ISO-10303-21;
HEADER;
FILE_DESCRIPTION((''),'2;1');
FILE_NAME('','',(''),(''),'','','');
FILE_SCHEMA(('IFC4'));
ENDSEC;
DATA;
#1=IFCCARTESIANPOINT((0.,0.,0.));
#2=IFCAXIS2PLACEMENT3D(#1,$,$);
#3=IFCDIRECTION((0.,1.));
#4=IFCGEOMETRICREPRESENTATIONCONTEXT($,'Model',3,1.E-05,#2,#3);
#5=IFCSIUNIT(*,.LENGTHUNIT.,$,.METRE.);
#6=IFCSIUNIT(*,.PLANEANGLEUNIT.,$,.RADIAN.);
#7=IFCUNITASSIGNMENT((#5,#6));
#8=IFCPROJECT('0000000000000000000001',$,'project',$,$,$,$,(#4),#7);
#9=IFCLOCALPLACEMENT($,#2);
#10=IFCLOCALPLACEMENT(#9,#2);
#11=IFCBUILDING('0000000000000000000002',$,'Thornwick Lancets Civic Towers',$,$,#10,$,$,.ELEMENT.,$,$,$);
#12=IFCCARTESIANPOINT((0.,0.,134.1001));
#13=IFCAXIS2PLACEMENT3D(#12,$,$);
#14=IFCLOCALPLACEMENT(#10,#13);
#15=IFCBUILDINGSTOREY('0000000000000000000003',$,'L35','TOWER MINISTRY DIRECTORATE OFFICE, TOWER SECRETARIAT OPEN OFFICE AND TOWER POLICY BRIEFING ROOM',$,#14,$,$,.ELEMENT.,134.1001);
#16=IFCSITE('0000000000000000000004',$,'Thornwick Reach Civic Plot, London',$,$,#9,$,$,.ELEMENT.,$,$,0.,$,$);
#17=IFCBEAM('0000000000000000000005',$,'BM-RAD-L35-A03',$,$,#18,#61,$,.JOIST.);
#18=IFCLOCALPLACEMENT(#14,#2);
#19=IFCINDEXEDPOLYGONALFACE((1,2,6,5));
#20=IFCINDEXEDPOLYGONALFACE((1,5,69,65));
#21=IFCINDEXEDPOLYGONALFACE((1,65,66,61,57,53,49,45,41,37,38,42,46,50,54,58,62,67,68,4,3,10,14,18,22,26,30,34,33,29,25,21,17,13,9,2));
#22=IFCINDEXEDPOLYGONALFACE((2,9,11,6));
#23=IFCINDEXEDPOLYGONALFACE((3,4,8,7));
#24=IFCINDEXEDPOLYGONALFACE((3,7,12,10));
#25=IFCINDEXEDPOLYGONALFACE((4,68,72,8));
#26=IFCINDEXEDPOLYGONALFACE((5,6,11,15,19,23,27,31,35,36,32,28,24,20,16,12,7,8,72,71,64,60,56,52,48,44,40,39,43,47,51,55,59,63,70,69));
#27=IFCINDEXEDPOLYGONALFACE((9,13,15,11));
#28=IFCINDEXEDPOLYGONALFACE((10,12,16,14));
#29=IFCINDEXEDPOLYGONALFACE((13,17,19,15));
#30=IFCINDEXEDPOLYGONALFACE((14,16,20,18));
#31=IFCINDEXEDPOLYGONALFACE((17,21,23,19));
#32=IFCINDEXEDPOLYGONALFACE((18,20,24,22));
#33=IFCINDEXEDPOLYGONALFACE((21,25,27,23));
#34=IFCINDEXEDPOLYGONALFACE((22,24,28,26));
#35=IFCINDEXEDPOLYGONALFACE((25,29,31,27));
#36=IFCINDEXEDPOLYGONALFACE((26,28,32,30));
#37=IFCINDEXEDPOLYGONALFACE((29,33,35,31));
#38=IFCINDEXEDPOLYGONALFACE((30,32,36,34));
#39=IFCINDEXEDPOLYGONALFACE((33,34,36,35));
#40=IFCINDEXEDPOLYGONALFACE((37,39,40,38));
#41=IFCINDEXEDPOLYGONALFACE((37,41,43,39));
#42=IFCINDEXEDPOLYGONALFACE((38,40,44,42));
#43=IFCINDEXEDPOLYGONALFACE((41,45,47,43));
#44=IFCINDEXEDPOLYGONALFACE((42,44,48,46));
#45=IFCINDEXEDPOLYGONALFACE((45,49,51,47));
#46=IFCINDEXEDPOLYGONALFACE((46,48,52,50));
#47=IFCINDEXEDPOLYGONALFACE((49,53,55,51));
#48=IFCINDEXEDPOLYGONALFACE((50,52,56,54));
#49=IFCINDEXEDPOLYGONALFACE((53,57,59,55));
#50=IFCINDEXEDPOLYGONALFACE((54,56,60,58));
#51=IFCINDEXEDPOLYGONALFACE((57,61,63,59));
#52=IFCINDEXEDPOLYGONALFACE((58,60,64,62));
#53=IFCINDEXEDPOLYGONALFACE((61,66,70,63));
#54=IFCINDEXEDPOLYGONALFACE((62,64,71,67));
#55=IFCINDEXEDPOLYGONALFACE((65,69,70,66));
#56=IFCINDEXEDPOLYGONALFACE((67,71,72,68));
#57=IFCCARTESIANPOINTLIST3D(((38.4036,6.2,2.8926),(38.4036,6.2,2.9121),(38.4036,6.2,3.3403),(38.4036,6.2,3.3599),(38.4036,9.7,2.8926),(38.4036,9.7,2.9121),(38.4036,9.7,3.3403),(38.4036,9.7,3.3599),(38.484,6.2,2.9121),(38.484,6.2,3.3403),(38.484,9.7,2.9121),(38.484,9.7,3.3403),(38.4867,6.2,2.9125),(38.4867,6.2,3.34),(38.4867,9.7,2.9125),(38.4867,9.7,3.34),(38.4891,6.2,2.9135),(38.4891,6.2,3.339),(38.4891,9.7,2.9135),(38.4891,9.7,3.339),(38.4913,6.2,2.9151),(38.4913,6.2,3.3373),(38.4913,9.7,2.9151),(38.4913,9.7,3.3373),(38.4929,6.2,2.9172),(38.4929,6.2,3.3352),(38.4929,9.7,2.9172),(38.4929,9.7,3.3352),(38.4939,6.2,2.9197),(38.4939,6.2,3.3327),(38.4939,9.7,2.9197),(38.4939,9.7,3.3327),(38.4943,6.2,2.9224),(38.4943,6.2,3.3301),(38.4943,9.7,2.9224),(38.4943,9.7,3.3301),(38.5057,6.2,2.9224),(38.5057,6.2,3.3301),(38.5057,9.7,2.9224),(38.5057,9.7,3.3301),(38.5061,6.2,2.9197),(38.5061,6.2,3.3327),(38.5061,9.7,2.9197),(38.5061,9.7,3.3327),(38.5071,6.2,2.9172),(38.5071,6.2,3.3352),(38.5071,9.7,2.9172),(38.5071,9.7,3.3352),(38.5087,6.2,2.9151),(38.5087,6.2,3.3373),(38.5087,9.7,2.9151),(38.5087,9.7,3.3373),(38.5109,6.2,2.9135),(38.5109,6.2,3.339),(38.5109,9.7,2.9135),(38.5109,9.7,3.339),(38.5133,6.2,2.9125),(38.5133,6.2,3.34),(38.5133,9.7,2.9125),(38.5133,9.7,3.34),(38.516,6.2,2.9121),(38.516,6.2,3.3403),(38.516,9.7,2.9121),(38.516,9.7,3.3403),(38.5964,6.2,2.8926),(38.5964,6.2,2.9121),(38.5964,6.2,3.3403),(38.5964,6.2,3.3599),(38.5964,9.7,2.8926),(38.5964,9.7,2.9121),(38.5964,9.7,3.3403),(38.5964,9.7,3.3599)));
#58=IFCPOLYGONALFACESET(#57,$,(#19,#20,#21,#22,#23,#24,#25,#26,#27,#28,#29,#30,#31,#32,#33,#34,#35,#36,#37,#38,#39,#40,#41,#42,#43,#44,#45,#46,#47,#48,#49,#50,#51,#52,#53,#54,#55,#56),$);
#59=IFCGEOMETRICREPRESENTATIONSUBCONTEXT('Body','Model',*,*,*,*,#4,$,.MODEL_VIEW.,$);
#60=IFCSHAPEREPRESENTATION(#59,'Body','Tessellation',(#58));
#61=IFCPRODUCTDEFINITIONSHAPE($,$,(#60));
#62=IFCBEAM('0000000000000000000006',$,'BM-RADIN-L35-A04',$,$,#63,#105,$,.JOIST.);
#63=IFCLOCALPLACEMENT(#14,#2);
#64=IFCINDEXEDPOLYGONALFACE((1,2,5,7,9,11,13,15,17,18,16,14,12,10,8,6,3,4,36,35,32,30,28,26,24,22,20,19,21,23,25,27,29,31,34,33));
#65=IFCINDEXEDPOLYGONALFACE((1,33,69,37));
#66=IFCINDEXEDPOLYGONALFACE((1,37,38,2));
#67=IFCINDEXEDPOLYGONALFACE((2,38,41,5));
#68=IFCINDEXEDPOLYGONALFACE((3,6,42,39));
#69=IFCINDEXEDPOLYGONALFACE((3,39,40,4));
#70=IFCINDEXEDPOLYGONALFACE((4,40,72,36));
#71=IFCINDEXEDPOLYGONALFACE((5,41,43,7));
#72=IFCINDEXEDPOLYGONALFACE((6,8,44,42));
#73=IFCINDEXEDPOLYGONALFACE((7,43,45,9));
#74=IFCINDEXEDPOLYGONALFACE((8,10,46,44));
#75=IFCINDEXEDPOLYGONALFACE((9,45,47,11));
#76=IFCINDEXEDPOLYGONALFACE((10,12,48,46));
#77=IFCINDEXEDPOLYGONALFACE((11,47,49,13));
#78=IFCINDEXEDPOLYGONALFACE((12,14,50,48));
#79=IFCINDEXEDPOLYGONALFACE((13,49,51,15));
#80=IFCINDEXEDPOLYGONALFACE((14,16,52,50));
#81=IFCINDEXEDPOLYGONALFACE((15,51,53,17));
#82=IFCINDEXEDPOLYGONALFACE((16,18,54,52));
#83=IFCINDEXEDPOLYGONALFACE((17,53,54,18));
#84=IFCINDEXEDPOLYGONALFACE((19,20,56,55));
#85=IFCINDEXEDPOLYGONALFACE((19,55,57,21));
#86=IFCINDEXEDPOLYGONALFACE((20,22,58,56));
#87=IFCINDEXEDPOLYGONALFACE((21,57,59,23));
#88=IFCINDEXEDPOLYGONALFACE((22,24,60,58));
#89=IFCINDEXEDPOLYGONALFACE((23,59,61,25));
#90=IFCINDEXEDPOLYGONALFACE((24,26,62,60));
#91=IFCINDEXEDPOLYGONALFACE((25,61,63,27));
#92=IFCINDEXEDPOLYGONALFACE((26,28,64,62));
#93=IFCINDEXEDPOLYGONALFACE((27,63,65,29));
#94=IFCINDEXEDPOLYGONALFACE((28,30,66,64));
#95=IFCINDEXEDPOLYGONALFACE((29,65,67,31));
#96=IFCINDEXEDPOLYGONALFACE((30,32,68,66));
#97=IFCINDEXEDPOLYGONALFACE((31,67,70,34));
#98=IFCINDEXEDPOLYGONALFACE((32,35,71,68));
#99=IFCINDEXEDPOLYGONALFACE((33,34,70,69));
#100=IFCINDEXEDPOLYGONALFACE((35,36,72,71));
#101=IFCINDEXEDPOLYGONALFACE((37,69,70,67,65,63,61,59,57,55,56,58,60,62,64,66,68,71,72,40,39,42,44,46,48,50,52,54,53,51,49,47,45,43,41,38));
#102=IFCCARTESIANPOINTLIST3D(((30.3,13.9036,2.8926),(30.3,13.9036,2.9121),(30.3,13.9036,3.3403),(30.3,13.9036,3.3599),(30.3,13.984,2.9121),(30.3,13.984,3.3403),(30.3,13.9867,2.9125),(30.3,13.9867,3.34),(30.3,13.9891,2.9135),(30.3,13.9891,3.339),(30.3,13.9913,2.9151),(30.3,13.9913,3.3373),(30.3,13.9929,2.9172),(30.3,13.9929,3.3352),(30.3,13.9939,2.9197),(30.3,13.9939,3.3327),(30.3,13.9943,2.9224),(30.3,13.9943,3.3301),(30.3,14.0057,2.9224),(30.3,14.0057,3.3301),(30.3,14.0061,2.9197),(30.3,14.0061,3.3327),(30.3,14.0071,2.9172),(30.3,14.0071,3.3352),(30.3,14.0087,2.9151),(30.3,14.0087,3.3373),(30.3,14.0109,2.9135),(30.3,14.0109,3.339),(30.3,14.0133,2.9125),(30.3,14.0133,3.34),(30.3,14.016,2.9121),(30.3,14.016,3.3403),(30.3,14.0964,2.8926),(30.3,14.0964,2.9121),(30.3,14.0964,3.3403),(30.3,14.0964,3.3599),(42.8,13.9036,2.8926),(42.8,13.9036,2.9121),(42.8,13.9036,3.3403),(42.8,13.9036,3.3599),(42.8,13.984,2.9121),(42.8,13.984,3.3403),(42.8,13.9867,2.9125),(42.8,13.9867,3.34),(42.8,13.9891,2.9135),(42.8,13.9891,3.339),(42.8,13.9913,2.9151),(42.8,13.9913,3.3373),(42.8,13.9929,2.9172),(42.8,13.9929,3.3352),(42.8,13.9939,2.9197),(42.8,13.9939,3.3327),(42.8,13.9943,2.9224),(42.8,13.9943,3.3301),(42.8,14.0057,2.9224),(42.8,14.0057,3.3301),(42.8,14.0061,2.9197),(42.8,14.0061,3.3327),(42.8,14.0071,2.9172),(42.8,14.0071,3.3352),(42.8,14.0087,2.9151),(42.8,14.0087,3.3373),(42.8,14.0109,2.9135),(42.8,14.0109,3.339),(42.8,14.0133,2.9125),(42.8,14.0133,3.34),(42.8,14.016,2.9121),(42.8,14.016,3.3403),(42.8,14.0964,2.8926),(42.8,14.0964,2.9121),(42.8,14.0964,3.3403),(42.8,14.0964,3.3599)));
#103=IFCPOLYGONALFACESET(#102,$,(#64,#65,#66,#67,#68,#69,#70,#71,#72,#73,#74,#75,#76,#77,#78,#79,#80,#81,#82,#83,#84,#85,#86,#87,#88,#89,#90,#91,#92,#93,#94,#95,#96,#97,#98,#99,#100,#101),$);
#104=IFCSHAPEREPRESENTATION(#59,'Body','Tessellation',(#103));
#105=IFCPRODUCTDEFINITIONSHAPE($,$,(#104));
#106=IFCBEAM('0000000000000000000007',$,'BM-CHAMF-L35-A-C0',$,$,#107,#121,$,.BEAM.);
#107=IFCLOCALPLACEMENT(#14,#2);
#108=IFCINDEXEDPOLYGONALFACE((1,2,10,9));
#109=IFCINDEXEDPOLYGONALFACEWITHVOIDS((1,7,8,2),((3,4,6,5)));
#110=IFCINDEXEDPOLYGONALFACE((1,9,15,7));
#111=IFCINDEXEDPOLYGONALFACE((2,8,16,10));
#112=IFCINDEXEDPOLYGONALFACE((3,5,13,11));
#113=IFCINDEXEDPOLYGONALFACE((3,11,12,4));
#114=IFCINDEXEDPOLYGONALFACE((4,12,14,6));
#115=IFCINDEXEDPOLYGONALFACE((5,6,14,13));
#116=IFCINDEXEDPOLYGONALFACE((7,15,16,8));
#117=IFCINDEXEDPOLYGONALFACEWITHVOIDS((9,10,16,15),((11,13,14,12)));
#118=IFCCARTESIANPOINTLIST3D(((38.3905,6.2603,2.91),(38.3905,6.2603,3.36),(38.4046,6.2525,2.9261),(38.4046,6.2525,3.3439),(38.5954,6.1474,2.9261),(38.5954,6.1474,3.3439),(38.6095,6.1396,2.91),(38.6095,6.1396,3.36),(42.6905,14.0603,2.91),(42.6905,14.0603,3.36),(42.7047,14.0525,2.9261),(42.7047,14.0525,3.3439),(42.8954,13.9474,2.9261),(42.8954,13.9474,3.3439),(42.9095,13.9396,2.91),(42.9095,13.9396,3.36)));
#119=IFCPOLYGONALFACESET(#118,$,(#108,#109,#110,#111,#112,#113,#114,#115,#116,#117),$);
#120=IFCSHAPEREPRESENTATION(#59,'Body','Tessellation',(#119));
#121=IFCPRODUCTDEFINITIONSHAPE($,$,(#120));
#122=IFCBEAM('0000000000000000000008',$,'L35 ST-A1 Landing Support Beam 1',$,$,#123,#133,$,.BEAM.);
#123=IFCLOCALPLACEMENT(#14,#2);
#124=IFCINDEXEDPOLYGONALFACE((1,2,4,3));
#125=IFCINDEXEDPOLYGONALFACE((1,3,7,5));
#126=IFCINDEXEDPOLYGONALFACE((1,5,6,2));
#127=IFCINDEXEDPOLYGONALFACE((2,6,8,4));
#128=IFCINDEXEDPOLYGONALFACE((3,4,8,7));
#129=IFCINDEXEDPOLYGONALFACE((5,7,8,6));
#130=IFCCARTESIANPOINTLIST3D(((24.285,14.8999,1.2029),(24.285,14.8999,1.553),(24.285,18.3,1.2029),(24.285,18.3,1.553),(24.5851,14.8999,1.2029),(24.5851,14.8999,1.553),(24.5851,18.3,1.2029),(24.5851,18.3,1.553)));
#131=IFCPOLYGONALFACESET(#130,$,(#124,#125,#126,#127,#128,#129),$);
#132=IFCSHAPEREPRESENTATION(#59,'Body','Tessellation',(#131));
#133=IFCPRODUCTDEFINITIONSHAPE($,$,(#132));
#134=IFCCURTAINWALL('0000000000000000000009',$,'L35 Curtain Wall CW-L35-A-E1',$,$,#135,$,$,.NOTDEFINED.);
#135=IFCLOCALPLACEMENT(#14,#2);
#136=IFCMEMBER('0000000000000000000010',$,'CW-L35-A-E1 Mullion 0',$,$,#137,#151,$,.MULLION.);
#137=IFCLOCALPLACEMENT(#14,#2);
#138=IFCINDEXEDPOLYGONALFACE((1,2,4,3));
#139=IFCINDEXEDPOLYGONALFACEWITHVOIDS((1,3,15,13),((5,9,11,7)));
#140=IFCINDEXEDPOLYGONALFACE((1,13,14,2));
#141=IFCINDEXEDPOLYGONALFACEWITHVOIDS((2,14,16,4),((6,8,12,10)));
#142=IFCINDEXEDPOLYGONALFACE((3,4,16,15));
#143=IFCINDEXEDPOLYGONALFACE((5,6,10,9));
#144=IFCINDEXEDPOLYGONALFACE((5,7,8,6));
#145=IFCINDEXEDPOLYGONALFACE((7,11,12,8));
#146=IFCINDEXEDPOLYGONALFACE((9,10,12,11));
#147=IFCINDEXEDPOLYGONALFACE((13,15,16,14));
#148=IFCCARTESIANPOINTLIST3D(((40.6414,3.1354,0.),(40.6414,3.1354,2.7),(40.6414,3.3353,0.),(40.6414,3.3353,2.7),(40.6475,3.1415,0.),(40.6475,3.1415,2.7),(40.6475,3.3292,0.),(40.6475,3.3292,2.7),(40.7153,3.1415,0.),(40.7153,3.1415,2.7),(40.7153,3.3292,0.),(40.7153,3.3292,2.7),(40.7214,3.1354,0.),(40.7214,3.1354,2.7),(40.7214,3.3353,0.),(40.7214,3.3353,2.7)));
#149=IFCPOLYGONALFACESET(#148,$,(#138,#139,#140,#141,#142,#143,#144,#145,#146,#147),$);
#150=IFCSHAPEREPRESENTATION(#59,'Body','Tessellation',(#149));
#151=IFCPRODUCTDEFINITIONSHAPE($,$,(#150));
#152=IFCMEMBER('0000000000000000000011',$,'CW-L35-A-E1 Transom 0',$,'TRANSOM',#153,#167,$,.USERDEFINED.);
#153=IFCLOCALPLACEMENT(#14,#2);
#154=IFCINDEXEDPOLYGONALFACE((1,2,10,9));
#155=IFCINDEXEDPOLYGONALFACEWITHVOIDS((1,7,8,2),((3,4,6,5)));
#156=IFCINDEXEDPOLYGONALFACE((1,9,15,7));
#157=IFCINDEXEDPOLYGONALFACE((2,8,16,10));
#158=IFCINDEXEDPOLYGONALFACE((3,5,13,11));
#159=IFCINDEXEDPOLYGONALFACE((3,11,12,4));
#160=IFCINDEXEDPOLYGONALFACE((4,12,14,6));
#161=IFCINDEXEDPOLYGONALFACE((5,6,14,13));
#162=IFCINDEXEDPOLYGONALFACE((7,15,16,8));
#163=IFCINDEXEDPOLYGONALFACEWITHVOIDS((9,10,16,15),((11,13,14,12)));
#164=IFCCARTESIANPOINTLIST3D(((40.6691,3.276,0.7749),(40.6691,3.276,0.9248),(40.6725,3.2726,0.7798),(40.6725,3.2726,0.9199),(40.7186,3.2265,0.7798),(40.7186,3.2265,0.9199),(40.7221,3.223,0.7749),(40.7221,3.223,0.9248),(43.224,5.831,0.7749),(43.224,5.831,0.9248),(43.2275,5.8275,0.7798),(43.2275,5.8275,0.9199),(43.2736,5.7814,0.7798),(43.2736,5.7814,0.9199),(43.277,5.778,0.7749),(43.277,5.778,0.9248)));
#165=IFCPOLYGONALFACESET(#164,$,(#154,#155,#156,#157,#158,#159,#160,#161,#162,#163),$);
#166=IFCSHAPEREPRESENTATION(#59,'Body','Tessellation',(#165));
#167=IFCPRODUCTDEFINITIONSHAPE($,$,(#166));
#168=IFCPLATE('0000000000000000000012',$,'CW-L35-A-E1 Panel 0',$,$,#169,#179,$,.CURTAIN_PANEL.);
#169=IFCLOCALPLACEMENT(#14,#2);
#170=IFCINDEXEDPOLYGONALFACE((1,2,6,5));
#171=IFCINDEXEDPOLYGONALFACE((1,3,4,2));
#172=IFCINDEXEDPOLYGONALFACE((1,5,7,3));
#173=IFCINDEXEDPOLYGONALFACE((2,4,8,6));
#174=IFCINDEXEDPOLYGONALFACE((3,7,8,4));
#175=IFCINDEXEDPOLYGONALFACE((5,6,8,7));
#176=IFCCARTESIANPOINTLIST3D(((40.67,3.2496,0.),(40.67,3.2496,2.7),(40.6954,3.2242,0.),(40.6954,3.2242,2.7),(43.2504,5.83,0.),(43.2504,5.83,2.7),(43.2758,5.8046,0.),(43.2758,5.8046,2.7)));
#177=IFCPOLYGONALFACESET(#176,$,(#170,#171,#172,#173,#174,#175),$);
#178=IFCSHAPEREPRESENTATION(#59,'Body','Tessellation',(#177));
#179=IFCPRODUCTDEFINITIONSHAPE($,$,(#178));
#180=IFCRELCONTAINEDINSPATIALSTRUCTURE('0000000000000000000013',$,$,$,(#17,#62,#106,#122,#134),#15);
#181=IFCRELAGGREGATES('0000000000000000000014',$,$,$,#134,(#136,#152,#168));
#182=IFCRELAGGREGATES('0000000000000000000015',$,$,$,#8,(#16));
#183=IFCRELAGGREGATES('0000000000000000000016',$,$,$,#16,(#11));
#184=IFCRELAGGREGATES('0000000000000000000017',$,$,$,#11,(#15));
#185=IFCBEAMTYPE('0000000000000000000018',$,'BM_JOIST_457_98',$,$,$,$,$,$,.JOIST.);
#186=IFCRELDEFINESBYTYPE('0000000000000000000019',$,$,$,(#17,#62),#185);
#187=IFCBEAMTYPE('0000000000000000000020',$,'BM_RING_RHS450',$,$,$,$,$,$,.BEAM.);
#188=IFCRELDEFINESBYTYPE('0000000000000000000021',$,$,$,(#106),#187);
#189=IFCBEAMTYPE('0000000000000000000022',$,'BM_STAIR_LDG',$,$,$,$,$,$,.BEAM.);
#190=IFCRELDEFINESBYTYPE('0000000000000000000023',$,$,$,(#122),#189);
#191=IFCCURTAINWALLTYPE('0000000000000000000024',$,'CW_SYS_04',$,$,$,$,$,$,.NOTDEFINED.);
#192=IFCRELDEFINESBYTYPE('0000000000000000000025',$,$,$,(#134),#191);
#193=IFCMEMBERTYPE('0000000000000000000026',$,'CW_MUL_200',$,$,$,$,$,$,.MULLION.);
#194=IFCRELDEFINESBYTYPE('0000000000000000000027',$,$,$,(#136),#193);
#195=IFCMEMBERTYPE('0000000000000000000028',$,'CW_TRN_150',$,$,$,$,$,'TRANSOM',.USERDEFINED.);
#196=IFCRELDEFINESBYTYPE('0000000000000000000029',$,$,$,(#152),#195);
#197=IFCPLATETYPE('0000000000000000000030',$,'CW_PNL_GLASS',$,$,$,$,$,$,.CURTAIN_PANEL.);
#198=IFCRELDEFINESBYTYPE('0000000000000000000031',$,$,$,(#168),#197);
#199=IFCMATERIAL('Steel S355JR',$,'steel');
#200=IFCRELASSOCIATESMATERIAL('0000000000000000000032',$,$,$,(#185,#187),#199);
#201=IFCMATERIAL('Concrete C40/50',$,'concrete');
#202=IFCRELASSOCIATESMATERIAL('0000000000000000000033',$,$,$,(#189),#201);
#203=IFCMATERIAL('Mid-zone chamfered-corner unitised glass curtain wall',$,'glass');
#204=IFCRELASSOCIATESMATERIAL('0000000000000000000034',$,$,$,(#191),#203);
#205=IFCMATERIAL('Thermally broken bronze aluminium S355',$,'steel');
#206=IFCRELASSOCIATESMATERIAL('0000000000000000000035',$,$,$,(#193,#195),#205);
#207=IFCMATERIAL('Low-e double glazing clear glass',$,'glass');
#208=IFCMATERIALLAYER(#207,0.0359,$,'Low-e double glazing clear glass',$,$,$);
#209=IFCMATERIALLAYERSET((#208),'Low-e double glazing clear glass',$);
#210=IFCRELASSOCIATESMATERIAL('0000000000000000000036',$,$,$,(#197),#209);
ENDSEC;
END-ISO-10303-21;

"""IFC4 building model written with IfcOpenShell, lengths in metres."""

from ifc_helpers import new_model, si_unit, direction, frame, origin, origin_2d, place, context, subcontext, project, spatial, rectangle, hollow_rectangle, i_section, extrude, material, layer, layer_set, material_profile, profile_set, type_object, element, aggregate, save


model = new_model("IFC4")

# Units and contexts
model_context = context("Model", 3, precision=1e-05, world=origin(), true_north=direction((0.0, 1.0)))
body_context = subcontext(model_context, "Body", "Model", "MODEL_VIEW")
ifc_project = project(units=[si_unit("LENGTHUNIT", "METRE"), si_unit("PLANEANGLEUNIT", "RADIAN")], contexts=[model_context])

# Site, building, storey
site_placement = place(None, origin())
site = spatial("IfcSite", under=ifc_project, at=site_placement, Name="Thornwick Reach Civic Plot, London", CompositionType="ELEMENT", RefElevation=0.0)
building_placement = place(site_placement, origin())
building = spatial("IfcBuilding", under=site, at=building_placement, Name="Thornwick Lancets Civic Towers", CompositionType="ELEMENT")
storey_placement = place(building_placement, frame((0.0, 0.0, 134.1001)))
storey = spatial("IfcBuildingStorey", under=building, at=storey_placement, Name="L35", Description="TOWER MINISTRY DIRECTORATE OFFICE, TOWER SECRETARIAT OPEN OFFICE AND TOWER POLICY BRIEFING ROOM", CompositionType="ELEMENT", Elevation=134.1001)

# Beams
ifc_material_1 = material(Name="Steel S355JR", Category="steel")
ifc_material_profile_1 = material_profile(ifc_material_1, i_section(OverallWidth=0.1929, OverallDepth=0.4673, WebThickness=0.0115, FlangeThickness=0.0195, FilletRadius=0.0103, at=origin_2d()), Name="UKB 457x191x98")
ifc_profile_set_1 = profile_set([ifc_material_profile_1], Name="Steel S355JR")
beam_type_1 = type_object("IfcBeamType", Name="BM_JOIST_457_98", PredefinedType="JOIST", material=ifc_profile_set_1)
for number, where, z_axis, x_axis, name in (
    (1, (38.5, 9.7, 3.1262), (0.0, -1.0, 0.0), (1.0, 0.0, 0.0), "BM-RAD-L35-A03"),
):
    element("IfcBeam", number, at=place(storey_placement, frame(where, z_axis=z_axis, x_axis=x_axis)), inside=storey, type_object=beam_type_1, Name=name, PredefinedType="JOIST", context=body_context, shape_type="SweptSolid", body=[
        extrude(i_section(OverallWidth=0.1929, OverallDepth=0.4673, WebThickness=0.0115, FlangeThickness=0.0195, FilletRadius=0.0103, at=origin_2d()), origin(), (0.0, 0.0, 1.0), 3.5),
    ])
beam_1_placement = place(storey_placement, frame((30.3, 14.0, 3.1262), z_axis=(1.0, 0.0, 0.0), x_axis=(0.0, 1.0, 0.0)))
element("IfcBeam", 2, at=beam_1_placement, inside=storey, type_object=beam_type_1, Name="BM-RADIN-L35-A04", PredefinedType="JOIST", context=body_context, shape_type="SweptSolid", body=[
    extrude(i_section(OverallWidth=0.1929, OverallDepth=0.4673, WebThickness=0.0115, FlangeThickness=0.0195, FilletRadius=0.0103, at=origin_2d()), origin(), (0.0, 0.0, 1.0), 12.5),
])
ifc_material_profile_2 = material_profile(ifc_material_1, hollow_rectangle(XDim=0.25, YDim=0.45, WallThickness=0.0161, at=origin_2d()), Name="RHS 450x250x16")
ifc_profile_set_2 = profile_set([ifc_material_profile_2], Name="Steel S355JR")
beam_type_2 = type_object("IfcBeamType", Name="BM_RING_RHS450", PredefinedType="BEAM", material=ifc_profile_set_2)
beam_2_placement = place(storey_placement, frame((38.5, 6.2, 3.135), z_axis=(0.482782, 0.87574, 0.0), x_axis=(-0.87574, 0.482782, 0.0)))
element("IfcBeam", 3, at=beam_2_placement, inside=storey, type_object=beam_type_2, Name="BM-CHAMF-L35-A-C0", PredefinedType="BEAM", context=body_context, shape_type="SweptSolid", body=[
    extrude(hollow_rectangle(XDim=0.25, YDim=0.45, WallThickness=0.0161, at=origin_2d()), origin(), (0.0, 0.0, 1.0), 8.9067),
])
ifc_material_2 = material(Name="Concrete C40/50", Category="concrete")
ifc_material_profile_3 = material_profile(ifc_material_2, rectangle(XDim=0.3, YDim=0.3501, at=origin_2d()), Name="RC 300x350")
ifc_profile_set_3 = profile_set([ifc_material_profile_3], Name="Concrete C40/50")
beam_type_3 = type_object("IfcBeamType", Name="BM_STAIR_LDG", PredefinedType="BEAM", material=ifc_profile_set_3)
beam_3_placement = place(storey_placement, frame((24.4351, 14.8999, 1.3779), z_axis=(0.0, 1.0, 0.0), x_axis=(-1.0, 0.0, 0.0)))
element("IfcBeam", 4, at=beam_3_placement, inside=storey, type_object=beam_type_3, Name="L35 ST-A1 Landing Support Beam 1", PredefinedType="BEAM", context=body_context, shape_type="SweptSolid", body=[
    extrude(rectangle(XDim=0.3, YDim=0.3501, at=origin_2d()), origin(), (0.0, 0.0, 1.0), 3.4001),
])

# Curtain wall, members, plate
ifc_material_3 = material(Name="Mid-zone chamfered-corner unitised glass curtain wall", Category="glass")
curtain_wall_type = type_object("IfcCurtainWallType", Name="CW_SYS_04", PredefinedType="NOTDEFINED", material=ifc_material_3)
curtain_wall_placement = place(storey_placement, origin())
curtain_wall = element("IfcCurtainWall", 5, at=curtain_wall_placement, inside=storey, type_object=curtain_wall_type, Name="L35 Curtain Wall CW-L35-A-E1", PredefinedType="NOTDEFINED")
ifc_material_4 = material(Name="Thermally broken bronze aluminium S355", Category="steel")
ifc_material_profile_4 = material_profile(ifc_material_4, hollow_rectangle(XDim=0.0801, YDim=0.2, WallThickness=0.0061, at=origin_2d()), Name="RHS 200x80x6")
ifc_profile_set_4 = profile_set([ifc_material_profile_4], Name="Thermally broken bronze aluminium S355")
member_type_1 = type_object("IfcMemberType", Name="CW_MUL_200", PredefinedType="MULLION", material=ifc_profile_set_4)
member_1_placement = place(storey_placement, frame((40.6814, 3.2354, 0.0), z_axis=(0.0, 0.0, 1.0), x_axis=(1.0, 0.0, 0.0)))
member_1 = element("IfcMember", 6, at=member_1_placement, type_object=member_type_1, Name="CW-L35-A-E1 Mullion 0", PredefinedType="MULLION", context=body_context, shape_type="SweptSolid", body=[
    extrude(hollow_rectangle(XDim=0.0801, YDim=0.2, WallThickness=0.0061, at=origin_2d()), origin(), (0.0, 0.0, 1.0), 2.7),
])
ifc_material_profile_5 = material_profile(ifc_material_4, hollow_rectangle(XDim=0.075, YDim=0.1499, WallThickness=0.0049, at=origin_2d()), Name="RHS 150x75x5")
ifc_profile_set_5 = profile_set([ifc_material_profile_5], Name="Thermally broken bronze aluminium S355")
member_type_2 = type_object("IfcMemberType", Name="CW_TRN_150", ElementType="TRANSOM", PredefinedType="USERDEFINED", material=ifc_profile_set_5)
member_2_placement = place(storey_placement, frame((40.6956, 3.2495, 0.8499), z_axis=(0.707107, 0.707107, 0.0), x_axis=(-0.707107, 0.707107, 0.0)))
member_2 = element("IfcMember", 7, at=member_2_placement, type_object=member_type_2, Name="CW-L35-A-E1 Transom 0", ObjectType="TRANSOM", PredefinedType="USERDEFINED", context=body_context, shape_type="SweptSolid", body=[
    extrude(hollow_rectangle(XDim=0.075, YDim=0.1499, WallThickness=0.0049, at=origin_2d()), origin(), (0.0, 0.0, 1.0), 3.6133),
])
ifc_material_5 = material(Name="Low-e double glazing clear glass", Category="glass")
ifc_layer_1 = layer(ifc_material_5, 0.0359, Name="Low-e double glazing clear glass")
ifc_layer_set_1 = layer_set([ifc_layer_1], Name="Low-e double glazing clear glass")
plate_type = type_object("IfcPlateType", Name="CW_PNL_GLASS", PredefinedType="CURTAIN_PANEL", material=ifc_layer_set_1)
plate_placement = place(storey_placement, frame((41.9729, 4.5271, 0.0), z_axis=(0.0, 0.0, 1.0), x_axis=(0.707107, 0.707107, 0.0)))
plate = element("IfcPlate", 8, at=plate_placement, type_object=plate_type, Name="CW-L35-A-E1 Panel 0", PredefinedType="CURTAIN_PANEL", context=body_context, shape_type="SweptSolid", body=[
    extrude(rectangle(XDim=3.6492, YDim=0.0359, at=origin_2d()), origin(), (0.0, 0.0, 1.0), 2.7),
])
aggregate(curtain_wall, [member_1, member_2, plate])

save(model, "model.ifc")
